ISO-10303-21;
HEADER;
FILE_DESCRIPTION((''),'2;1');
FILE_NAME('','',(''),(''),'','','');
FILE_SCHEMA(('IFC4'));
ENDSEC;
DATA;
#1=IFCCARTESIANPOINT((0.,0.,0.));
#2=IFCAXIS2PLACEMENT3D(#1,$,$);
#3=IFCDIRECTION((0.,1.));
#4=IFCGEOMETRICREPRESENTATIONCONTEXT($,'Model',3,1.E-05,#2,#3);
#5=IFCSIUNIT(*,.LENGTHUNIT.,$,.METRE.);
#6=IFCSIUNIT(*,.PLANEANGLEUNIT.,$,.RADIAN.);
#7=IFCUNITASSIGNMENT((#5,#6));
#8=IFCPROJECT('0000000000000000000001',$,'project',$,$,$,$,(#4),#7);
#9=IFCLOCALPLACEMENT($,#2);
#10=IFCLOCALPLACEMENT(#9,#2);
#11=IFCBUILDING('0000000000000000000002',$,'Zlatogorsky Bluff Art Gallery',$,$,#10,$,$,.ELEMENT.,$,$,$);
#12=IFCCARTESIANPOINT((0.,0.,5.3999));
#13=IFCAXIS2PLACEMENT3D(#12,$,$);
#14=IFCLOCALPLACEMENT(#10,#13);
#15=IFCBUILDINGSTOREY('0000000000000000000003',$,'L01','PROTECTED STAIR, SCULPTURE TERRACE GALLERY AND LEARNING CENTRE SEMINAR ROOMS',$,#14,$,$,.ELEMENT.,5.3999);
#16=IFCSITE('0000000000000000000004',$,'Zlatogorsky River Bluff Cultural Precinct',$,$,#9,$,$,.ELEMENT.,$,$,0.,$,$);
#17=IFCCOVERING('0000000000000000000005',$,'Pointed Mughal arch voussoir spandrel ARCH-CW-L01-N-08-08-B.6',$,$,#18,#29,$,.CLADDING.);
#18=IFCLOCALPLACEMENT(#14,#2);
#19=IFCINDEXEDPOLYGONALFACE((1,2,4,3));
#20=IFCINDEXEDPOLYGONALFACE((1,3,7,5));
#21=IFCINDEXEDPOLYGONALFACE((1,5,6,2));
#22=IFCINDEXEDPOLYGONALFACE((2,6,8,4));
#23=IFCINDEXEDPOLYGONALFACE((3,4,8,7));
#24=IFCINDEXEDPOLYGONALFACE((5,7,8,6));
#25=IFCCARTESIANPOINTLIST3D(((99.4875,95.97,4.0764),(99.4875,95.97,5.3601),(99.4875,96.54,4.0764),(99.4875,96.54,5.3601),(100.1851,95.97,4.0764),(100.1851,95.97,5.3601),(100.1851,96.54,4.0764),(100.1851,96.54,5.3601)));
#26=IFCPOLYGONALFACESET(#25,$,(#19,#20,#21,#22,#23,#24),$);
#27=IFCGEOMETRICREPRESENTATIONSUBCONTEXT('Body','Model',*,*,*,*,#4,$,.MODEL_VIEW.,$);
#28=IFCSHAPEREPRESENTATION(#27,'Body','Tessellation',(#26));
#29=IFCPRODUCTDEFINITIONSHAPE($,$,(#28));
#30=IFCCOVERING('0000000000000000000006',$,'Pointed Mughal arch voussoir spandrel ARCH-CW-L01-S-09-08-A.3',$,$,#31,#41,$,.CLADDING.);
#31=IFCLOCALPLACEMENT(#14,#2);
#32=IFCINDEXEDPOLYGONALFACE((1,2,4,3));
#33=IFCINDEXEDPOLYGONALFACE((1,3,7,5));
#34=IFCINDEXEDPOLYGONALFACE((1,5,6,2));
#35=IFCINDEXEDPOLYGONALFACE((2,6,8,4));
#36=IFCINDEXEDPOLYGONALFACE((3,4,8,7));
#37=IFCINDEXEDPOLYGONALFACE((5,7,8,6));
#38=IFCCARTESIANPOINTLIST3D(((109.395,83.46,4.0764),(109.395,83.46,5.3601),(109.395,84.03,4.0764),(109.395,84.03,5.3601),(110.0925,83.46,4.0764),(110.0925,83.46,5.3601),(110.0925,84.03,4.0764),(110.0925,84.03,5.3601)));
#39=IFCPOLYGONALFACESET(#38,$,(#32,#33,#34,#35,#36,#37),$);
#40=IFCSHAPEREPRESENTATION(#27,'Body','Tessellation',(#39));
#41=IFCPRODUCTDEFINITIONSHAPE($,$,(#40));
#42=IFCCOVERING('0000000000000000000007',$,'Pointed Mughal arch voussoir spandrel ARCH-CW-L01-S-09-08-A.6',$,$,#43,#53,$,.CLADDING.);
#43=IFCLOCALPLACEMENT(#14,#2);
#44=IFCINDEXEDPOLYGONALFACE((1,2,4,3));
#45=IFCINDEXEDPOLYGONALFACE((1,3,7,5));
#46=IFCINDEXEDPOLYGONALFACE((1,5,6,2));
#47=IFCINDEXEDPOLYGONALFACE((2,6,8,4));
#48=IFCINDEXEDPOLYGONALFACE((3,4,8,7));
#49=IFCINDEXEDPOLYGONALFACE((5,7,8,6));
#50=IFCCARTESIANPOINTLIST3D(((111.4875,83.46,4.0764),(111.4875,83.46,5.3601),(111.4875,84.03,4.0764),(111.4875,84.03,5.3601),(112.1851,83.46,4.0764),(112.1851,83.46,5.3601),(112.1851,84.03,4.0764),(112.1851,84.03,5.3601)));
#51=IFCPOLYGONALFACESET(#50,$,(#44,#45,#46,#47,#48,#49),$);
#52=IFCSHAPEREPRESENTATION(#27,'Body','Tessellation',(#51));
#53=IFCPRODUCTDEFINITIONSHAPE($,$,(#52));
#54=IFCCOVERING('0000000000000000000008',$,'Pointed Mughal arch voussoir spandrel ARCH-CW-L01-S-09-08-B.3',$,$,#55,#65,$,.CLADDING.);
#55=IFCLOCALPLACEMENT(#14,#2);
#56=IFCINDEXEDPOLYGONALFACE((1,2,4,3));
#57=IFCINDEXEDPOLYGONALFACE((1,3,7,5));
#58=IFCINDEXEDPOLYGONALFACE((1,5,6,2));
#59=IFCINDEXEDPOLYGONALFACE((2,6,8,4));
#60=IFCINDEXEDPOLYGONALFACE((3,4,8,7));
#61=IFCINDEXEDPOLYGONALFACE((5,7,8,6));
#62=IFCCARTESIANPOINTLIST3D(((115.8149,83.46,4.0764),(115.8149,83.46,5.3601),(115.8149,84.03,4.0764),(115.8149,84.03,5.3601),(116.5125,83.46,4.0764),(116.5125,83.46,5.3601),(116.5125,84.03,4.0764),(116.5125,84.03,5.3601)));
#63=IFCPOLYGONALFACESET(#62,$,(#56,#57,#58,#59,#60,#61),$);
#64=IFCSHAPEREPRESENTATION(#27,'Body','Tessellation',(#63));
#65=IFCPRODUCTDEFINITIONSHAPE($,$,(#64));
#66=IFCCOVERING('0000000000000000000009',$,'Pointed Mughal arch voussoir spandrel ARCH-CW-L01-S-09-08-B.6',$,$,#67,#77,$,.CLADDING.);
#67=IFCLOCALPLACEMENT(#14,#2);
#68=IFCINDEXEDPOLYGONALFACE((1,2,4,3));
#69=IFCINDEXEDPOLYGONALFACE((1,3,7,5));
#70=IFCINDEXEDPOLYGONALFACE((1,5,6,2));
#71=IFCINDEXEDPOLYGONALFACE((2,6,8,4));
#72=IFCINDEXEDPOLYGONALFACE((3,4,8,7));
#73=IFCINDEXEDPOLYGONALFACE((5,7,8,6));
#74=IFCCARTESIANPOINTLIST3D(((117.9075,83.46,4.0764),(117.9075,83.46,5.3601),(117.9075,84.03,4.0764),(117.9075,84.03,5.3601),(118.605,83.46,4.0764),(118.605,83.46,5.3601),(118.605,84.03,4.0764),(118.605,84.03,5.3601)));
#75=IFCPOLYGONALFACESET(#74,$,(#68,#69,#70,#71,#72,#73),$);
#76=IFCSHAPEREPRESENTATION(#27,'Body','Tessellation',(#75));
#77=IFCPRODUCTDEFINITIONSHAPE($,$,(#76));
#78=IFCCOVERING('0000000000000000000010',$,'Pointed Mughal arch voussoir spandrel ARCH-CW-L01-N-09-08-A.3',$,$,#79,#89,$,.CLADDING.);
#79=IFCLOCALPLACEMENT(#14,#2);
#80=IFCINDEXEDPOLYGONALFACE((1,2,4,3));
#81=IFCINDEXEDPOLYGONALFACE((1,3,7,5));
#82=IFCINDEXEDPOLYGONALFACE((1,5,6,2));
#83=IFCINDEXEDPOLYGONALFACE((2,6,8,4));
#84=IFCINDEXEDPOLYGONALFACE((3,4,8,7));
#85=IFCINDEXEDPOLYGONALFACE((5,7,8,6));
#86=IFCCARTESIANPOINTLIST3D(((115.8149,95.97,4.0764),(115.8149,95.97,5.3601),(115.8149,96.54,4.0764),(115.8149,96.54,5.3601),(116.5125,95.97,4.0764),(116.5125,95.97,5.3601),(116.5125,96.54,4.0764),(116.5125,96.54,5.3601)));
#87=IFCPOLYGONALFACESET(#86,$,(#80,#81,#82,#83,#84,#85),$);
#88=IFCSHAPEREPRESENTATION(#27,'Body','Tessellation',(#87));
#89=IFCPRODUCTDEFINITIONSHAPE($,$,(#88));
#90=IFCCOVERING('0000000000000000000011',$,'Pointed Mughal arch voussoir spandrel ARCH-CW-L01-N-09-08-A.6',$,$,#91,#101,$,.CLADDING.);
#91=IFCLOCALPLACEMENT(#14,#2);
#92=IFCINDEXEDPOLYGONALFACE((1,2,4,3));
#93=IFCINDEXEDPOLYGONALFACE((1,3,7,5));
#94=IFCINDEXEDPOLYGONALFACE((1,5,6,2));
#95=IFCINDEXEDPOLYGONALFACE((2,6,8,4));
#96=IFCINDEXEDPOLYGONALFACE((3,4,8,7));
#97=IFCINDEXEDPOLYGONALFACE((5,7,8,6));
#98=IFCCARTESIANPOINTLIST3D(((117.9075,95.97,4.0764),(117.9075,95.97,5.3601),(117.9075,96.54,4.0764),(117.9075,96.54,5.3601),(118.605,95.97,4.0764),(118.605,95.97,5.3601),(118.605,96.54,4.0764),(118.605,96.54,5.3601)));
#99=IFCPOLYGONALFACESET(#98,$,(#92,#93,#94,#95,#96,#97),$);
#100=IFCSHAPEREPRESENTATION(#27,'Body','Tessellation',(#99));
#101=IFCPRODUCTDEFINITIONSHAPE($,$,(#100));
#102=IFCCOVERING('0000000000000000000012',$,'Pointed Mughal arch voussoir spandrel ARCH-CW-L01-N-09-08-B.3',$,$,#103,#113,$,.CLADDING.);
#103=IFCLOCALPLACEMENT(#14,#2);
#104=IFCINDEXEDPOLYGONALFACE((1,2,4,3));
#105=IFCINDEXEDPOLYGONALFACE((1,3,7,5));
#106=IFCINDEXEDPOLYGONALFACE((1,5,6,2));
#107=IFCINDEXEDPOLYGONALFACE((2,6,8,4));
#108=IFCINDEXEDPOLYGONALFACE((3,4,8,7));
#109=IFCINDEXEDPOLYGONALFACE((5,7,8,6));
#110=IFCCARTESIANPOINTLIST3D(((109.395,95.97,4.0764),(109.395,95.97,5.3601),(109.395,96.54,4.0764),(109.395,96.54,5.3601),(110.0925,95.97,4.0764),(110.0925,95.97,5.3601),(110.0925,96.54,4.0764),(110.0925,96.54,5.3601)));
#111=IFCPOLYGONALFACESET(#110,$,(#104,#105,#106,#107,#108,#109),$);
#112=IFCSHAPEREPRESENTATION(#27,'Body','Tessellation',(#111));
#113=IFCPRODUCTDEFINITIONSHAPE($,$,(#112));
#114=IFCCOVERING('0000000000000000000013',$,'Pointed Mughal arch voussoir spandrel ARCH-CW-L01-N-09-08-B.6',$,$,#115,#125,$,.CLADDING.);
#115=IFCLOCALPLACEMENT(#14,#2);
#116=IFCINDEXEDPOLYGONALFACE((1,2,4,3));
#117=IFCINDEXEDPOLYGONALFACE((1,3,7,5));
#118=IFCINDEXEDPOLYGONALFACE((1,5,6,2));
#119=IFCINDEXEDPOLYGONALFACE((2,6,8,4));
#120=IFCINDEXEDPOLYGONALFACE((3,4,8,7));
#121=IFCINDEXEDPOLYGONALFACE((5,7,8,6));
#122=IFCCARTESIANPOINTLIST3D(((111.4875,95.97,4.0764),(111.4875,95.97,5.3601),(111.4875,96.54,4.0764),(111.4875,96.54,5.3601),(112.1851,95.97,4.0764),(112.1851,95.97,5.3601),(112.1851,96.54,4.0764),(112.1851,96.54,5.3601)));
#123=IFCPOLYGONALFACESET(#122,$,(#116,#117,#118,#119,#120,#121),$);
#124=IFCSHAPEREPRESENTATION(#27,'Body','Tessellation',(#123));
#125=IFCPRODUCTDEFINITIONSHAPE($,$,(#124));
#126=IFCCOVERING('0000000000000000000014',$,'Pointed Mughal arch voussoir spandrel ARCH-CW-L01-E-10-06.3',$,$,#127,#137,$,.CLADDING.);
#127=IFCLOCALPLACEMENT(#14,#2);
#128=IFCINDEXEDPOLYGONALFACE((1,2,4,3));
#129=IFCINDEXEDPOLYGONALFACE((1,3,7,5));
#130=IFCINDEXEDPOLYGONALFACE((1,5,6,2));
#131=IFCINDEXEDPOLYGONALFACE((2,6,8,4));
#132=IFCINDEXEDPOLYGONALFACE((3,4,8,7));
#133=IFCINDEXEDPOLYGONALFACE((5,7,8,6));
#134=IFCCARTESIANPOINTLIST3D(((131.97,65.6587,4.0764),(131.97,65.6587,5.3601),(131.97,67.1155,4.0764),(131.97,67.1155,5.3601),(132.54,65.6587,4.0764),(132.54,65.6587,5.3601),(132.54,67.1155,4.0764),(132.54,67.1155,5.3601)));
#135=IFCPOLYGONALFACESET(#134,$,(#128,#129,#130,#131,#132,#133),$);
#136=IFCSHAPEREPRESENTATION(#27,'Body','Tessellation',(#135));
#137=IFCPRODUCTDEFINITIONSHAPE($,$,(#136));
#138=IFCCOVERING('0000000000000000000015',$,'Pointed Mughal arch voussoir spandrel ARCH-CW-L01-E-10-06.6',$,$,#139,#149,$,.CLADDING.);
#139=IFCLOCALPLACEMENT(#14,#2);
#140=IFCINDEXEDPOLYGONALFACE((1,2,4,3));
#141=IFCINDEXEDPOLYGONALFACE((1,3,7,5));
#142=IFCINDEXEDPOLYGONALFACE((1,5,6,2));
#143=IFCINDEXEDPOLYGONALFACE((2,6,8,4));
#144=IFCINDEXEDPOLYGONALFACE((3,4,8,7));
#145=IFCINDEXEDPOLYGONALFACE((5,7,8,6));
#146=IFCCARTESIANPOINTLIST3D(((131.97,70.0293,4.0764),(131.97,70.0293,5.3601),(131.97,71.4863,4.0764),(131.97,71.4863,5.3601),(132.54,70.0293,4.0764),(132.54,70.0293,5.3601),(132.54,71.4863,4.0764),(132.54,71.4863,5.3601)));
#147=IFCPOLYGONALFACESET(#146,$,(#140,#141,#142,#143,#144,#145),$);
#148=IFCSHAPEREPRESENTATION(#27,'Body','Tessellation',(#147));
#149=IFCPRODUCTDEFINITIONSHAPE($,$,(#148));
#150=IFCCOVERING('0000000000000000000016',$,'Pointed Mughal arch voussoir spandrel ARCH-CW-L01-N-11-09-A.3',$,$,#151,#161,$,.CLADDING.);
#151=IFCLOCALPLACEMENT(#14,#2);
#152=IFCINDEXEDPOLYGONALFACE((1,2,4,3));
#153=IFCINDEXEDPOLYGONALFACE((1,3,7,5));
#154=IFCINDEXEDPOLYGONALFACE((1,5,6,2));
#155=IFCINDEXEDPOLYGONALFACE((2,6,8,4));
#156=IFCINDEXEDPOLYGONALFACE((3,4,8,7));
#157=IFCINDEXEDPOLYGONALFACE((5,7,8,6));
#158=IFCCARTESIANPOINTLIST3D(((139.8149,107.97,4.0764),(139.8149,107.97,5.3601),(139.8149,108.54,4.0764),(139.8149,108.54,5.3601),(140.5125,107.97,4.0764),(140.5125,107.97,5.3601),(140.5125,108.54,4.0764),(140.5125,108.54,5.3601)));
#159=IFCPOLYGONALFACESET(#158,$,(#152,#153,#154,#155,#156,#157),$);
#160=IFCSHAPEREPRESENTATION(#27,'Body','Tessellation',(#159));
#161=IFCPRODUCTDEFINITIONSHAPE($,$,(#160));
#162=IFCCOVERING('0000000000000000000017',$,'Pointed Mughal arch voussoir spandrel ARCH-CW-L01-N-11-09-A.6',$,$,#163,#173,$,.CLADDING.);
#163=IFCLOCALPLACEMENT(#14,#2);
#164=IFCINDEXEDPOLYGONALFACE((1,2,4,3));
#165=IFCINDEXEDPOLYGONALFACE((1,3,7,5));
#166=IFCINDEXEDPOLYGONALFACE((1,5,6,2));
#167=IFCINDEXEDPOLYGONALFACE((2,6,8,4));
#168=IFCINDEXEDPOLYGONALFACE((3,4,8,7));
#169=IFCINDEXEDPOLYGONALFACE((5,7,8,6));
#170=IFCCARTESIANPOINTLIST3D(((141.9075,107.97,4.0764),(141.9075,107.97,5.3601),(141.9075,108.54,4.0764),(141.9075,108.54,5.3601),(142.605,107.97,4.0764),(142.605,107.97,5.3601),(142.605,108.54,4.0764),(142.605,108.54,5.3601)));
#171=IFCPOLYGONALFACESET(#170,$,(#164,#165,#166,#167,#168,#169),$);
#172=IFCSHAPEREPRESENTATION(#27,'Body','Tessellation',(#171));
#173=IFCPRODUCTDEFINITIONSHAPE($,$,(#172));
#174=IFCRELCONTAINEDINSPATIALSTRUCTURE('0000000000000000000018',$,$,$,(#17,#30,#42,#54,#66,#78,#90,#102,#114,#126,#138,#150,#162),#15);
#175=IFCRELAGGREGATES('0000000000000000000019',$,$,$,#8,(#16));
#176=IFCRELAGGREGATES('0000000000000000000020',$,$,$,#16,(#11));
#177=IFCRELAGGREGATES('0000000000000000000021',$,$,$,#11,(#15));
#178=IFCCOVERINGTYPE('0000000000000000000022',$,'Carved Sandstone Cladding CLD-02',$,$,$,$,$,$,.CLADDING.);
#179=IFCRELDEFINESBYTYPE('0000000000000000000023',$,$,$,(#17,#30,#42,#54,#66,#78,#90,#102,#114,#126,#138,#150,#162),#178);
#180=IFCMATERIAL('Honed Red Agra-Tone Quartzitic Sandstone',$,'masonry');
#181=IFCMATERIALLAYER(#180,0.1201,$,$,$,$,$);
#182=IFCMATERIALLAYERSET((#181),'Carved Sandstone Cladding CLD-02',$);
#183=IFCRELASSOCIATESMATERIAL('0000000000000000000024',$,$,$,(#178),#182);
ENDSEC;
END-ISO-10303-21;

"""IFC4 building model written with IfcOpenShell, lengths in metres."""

from ifc_helpers import new_model, si_unit, direction, frame, origin, place, context, subcontext, project, spatial, polyline, outline, extrude, material, layer, layer_set, type_object, element, save


model = new_model("IFC4")

# Units and contexts
model_context = context("Model", 3, precision=1e-05, world=origin(), true_north=direction((0.0, 1.0)))
body_context = subcontext(model_context, "Body", "Model", "MODEL_VIEW")
ifc_project = project(units=[si_unit("LENGTHUNIT", "METRE"), si_unit("PLANEANGLEUNIT", "RADIAN")], contexts=[model_context])

# Site, building, storey
site_placement = place(None, origin())
site = spatial("IfcSite", under=ifc_project, at=site_placement, Name="Zlatogorsky River Bluff Cultural Precinct", CompositionType="ELEMENT", RefElevation=0.0)
building_placement = place(site_placement, origin())
building = spatial("IfcBuilding", under=site, at=building_placement, Name="Zlatogorsky Bluff Art Gallery", CompositionType="ELEMENT")
storey_placement = place(building_placement, frame((0.0, 0.0, 5.3999)))
storey = spatial("IfcBuildingStorey", under=building, at=storey_placement, Name="L01", Description="PROTECTED STAIR, SCULPTURE TERRACE GALLERY AND LEARNING CENTRE SEMINAR ROOMS", CompositionType="ELEMENT", Elevation=5.3999)

# Coverings
ifc_material = material(Name="Honed Red Agra-Tone Quartzitic Sandstone", Category="masonry")
ifc_layer = layer(ifc_material, 0.1201)
ifc_layer_set = layer_set([ifc_layer], Name="Carved Sandstone Cladding CLD-02")
covering_type = type_object("IfcCoveringType", Name="Carved Sandstone Cladding CLD-02", PredefinedType="CLADDING", material=ifc_layer_set)
covering_1_placement = place(storey_placement, frame((0.0, 0.0, 4.0764)))
element("IfcCovering", 1, at=covering_1_placement, inside=storey, type_object=covering_type, Name="Pointed Mughal arch voussoir spandrel ARCH-CW-L01-N-08-08-B.6", PredefinedType="CLADDING", context=body_context, shape_type="SweptSolid", body=[
    extrude(outline(polyline([(99.4875, 95.97), (100.1851, 95.97), (100.1851, 96.54), (99.4875, 96.54), (99.4875, 95.97)])), origin(), (0.0, 0.0, 1.0), 1.2837),
])
covering_2_placement = place(storey_placement, frame((0.0, 0.0, 4.0764)))
element("IfcCovering", 2, at=covering_2_placement, inside=storey, type_object=covering_type, Name="Pointed Mughal arch voussoir spandrel ARCH-CW-L01-S-09-08-A.3", PredefinedType="CLADDING", context=body_context, shape_type="SweptSolid", body=[
    extrude(outline(polyline([(109.395, 83.46), (110.0925, 83.46), (110.0925, 84.03), (109.395, 84.03), (109.395, 83.46)])), origin(), (0.0, 0.0, 1.0), 1.2837),
])
covering_3_placement = place(storey_placement, frame((0.0, 0.0, 4.0764)))
element("IfcCovering", 3, at=covering_3_placement, inside=storey, type_object=covering_type, Name="Pointed Mughal arch voussoir spandrel ARCH-CW-L01-S-09-08-A.6", PredefinedType="CLADDING", context=body_context, shape_type="SweptSolid", body=[
    extrude(outline(polyline([(111.4875, 83.46), (112.1851, 83.46), (112.1851, 84.03), (111.4875, 84.03), (111.4875, 83.46)])), origin(), (0.0, 0.0, 1.0), 1.2837),
])
covering_4_placement = place(storey_placement, frame((0.0, 0.0, 4.0764)))
element("IfcCovering", 4, at=covering_4_placement, inside=storey, type_object=covering_type, Name="Pointed Mughal arch voussoir spandrel ARCH-CW-L01-S-09-08-B.3", PredefinedType="CLADDING", context=body_context, shape_type="SweptSolid", body=[
    extrude(outline(polyline([(115.8149, 83.46), (116.5125, 83.46), (116.5125, 84.03), (115.8149, 84.03), (115.8149, 83.46)])), origin(), (0.0, 0.0, 1.0), 1.2837),
])
covering_5_placement = place(storey_placement, frame((0.0, 0.0, 4.0764)))
element("IfcCovering", 5, at=covering_5_placement, inside=storey, type_object=covering_type, Name="Pointed Mughal arch voussoir spandrel ARCH-CW-L01-S-09-08-B.6", PredefinedType="CLADDING", context=body_context, shape_type="SweptSolid", body=[
    extrude(outline(polyline([(117.9075, 83.46), (118.605, 83.46), (118.605, 84.03), (117.9075, 84.03), (117.9075, 83.46)])), origin(), (0.0, 0.0, 1.0), 1.2837),
])
covering_6_placement = place(storey_placement, frame((0.0, 0.0, 4.0764)))
element("IfcCovering", 6, at=covering_6_placement, inside=storey, type_object=covering_type, Name="Pointed Mughal arch voussoir spandrel ARCH-CW-L01-N-09-08-A.3", PredefinedType="CLADDING", context=body_context, shape_type="SweptSolid", body=[
    extrude(outline(polyline([(115.8149, 95.97), (116.5125, 95.97), (116.5125, 96.54), (115.8149, 96.54), (115.8149, 95.97)])), origin(), (0.0, 0.0, 1.0), 1.2837),
])
covering_7_placement = place(storey_placement, frame((0.0, 0.0, 4.0764)))
element("IfcCovering", 7, at=covering_7_placement, inside=storey, type_object=covering_type, Name="Pointed Mughal arch voussoir spandrel ARCH-CW-L01-N-09-08-A.6", PredefinedType="CLADDING", context=body_context, shape_type="SweptSolid", body=[
    extrude(outline(polyline([(117.9075, 95.97), (118.605, 95.97), (118.605, 96.54), (117.9075, 96.54), (117.9075, 95.97)])), origin(), (0.0, 0.0, 1.0), 1.2837),
])
covering_8_placement = place(storey_placement, frame((0.0, 0.0, 4.0764)))
element("IfcCovering", 8, at=covering_8_placement, inside=storey, type_object=covering_type, Name="Pointed Mughal arch voussoir spandrel ARCH-CW-L01-N-09-08-B.3", PredefinedType="CLADDING", context=body_context, shape_type="SweptSolid", body=[
    extrude(outline(polyline([(109.395, 95.97), (110.0925, 95.97), (110.0925, 96.54), (109.395, 96.54), (109.395, 95.97)])), origin(), (0.0, 0.0, 1.0), 1.2837),
])
covering_9_placement = place(storey_placement, frame((0.0, 0.0, 4.0764)))
element("IfcCovering", 9, at=covering_9_placement, inside=storey, type_object=covering_type, Name="Pointed Mughal arch voussoir spandrel ARCH-CW-L01-N-09-08-B.6", PredefinedType="CLADDING", context=body_context, shape_type="SweptSolid", body=[
    extrude(outline(polyline([(111.4875, 95.97), (112.1851, 95.97), (112.1851, 96.54), (111.4875, 96.54), (111.4875, 95.97)])), origin(), (0.0, 0.0, 1.0), 1.2837),
])
covering_10_placement = place(storey_placement, frame((0.0, 0.0, 4.0764)))
element("IfcCovering", 10, at=covering_10_placement, inside=storey, type_object=covering_type, Name="Pointed Mughal arch voussoir spandrel ARCH-CW-L01-E-10-06.3", PredefinedType="CLADDING", context=body_context, shape_type="SweptSolid", body=[
    extrude(outline(polyline([(131.97, 65.6587), (131.97, 67.1155), (132.54, 67.1155), (132.54, 65.6587), (131.97, 65.6587)])), origin(), (0.0, 0.0, 1.0), 1.2837),
])
covering_11_placement = place(storey_placement, frame((0.0, 0.0, 4.0764)))
element("IfcCovering", 11, at=covering_11_placement, inside=storey, type_object=covering_type, Name="Pointed Mughal arch voussoir spandrel ARCH-CW-L01-E-10-06.6", PredefinedType="CLADDING", context=body_context, shape_type="SweptSolid", body=[
    extrude(outline(polyline([(131.97, 70.0293), (131.97, 71.4863), (132.54, 71.4863), (132.54, 70.0293), (131.97, 70.0293)])), origin(), (0.0, 0.0, 1.0), 1.2837),
])
covering_12_placement = place(storey_placement, frame((0.0, 0.0, 4.0764)))
element("IfcCovering", 12, at=covering_12_placement, inside=storey, type_object=covering_type, Name="Pointed Mughal arch voussoir spandrel ARCH-CW-L01-N-11-09-A.3", PredefinedType="CLADDING", context=body_context, shape_type="SweptSolid", body=[
    extrude(outline(polyline([(139.8149, 107.97), (140.5125, 107.97), (140.5125, 108.54), (139.8149, 108.54), (139.8149, 107.97)])), origin(), (0.0, 0.0, 1.0), 1.2837),
])
covering_13_placement = place(storey_placement, frame((0.0, 0.0, 4.0764)))
element("IfcCovering", 13, at=covering_13_placement, inside=storey, type_object=covering_type, Name="Pointed Mughal arch voussoir spandrel ARCH-CW-L01-N-11-09-A.6", PredefinedType="CLADDING", context=body_context, shape_type="SweptSolid", body=[
    extrude(outline(polyline([(141.9075, 107.97), (142.605, 107.97), (142.605, 108.54), (141.9075, 108.54), (141.9075, 107.97)])), origin(), (0.0, 0.0, 1.0), 1.2837),
])

save(model, "model.ifc")
